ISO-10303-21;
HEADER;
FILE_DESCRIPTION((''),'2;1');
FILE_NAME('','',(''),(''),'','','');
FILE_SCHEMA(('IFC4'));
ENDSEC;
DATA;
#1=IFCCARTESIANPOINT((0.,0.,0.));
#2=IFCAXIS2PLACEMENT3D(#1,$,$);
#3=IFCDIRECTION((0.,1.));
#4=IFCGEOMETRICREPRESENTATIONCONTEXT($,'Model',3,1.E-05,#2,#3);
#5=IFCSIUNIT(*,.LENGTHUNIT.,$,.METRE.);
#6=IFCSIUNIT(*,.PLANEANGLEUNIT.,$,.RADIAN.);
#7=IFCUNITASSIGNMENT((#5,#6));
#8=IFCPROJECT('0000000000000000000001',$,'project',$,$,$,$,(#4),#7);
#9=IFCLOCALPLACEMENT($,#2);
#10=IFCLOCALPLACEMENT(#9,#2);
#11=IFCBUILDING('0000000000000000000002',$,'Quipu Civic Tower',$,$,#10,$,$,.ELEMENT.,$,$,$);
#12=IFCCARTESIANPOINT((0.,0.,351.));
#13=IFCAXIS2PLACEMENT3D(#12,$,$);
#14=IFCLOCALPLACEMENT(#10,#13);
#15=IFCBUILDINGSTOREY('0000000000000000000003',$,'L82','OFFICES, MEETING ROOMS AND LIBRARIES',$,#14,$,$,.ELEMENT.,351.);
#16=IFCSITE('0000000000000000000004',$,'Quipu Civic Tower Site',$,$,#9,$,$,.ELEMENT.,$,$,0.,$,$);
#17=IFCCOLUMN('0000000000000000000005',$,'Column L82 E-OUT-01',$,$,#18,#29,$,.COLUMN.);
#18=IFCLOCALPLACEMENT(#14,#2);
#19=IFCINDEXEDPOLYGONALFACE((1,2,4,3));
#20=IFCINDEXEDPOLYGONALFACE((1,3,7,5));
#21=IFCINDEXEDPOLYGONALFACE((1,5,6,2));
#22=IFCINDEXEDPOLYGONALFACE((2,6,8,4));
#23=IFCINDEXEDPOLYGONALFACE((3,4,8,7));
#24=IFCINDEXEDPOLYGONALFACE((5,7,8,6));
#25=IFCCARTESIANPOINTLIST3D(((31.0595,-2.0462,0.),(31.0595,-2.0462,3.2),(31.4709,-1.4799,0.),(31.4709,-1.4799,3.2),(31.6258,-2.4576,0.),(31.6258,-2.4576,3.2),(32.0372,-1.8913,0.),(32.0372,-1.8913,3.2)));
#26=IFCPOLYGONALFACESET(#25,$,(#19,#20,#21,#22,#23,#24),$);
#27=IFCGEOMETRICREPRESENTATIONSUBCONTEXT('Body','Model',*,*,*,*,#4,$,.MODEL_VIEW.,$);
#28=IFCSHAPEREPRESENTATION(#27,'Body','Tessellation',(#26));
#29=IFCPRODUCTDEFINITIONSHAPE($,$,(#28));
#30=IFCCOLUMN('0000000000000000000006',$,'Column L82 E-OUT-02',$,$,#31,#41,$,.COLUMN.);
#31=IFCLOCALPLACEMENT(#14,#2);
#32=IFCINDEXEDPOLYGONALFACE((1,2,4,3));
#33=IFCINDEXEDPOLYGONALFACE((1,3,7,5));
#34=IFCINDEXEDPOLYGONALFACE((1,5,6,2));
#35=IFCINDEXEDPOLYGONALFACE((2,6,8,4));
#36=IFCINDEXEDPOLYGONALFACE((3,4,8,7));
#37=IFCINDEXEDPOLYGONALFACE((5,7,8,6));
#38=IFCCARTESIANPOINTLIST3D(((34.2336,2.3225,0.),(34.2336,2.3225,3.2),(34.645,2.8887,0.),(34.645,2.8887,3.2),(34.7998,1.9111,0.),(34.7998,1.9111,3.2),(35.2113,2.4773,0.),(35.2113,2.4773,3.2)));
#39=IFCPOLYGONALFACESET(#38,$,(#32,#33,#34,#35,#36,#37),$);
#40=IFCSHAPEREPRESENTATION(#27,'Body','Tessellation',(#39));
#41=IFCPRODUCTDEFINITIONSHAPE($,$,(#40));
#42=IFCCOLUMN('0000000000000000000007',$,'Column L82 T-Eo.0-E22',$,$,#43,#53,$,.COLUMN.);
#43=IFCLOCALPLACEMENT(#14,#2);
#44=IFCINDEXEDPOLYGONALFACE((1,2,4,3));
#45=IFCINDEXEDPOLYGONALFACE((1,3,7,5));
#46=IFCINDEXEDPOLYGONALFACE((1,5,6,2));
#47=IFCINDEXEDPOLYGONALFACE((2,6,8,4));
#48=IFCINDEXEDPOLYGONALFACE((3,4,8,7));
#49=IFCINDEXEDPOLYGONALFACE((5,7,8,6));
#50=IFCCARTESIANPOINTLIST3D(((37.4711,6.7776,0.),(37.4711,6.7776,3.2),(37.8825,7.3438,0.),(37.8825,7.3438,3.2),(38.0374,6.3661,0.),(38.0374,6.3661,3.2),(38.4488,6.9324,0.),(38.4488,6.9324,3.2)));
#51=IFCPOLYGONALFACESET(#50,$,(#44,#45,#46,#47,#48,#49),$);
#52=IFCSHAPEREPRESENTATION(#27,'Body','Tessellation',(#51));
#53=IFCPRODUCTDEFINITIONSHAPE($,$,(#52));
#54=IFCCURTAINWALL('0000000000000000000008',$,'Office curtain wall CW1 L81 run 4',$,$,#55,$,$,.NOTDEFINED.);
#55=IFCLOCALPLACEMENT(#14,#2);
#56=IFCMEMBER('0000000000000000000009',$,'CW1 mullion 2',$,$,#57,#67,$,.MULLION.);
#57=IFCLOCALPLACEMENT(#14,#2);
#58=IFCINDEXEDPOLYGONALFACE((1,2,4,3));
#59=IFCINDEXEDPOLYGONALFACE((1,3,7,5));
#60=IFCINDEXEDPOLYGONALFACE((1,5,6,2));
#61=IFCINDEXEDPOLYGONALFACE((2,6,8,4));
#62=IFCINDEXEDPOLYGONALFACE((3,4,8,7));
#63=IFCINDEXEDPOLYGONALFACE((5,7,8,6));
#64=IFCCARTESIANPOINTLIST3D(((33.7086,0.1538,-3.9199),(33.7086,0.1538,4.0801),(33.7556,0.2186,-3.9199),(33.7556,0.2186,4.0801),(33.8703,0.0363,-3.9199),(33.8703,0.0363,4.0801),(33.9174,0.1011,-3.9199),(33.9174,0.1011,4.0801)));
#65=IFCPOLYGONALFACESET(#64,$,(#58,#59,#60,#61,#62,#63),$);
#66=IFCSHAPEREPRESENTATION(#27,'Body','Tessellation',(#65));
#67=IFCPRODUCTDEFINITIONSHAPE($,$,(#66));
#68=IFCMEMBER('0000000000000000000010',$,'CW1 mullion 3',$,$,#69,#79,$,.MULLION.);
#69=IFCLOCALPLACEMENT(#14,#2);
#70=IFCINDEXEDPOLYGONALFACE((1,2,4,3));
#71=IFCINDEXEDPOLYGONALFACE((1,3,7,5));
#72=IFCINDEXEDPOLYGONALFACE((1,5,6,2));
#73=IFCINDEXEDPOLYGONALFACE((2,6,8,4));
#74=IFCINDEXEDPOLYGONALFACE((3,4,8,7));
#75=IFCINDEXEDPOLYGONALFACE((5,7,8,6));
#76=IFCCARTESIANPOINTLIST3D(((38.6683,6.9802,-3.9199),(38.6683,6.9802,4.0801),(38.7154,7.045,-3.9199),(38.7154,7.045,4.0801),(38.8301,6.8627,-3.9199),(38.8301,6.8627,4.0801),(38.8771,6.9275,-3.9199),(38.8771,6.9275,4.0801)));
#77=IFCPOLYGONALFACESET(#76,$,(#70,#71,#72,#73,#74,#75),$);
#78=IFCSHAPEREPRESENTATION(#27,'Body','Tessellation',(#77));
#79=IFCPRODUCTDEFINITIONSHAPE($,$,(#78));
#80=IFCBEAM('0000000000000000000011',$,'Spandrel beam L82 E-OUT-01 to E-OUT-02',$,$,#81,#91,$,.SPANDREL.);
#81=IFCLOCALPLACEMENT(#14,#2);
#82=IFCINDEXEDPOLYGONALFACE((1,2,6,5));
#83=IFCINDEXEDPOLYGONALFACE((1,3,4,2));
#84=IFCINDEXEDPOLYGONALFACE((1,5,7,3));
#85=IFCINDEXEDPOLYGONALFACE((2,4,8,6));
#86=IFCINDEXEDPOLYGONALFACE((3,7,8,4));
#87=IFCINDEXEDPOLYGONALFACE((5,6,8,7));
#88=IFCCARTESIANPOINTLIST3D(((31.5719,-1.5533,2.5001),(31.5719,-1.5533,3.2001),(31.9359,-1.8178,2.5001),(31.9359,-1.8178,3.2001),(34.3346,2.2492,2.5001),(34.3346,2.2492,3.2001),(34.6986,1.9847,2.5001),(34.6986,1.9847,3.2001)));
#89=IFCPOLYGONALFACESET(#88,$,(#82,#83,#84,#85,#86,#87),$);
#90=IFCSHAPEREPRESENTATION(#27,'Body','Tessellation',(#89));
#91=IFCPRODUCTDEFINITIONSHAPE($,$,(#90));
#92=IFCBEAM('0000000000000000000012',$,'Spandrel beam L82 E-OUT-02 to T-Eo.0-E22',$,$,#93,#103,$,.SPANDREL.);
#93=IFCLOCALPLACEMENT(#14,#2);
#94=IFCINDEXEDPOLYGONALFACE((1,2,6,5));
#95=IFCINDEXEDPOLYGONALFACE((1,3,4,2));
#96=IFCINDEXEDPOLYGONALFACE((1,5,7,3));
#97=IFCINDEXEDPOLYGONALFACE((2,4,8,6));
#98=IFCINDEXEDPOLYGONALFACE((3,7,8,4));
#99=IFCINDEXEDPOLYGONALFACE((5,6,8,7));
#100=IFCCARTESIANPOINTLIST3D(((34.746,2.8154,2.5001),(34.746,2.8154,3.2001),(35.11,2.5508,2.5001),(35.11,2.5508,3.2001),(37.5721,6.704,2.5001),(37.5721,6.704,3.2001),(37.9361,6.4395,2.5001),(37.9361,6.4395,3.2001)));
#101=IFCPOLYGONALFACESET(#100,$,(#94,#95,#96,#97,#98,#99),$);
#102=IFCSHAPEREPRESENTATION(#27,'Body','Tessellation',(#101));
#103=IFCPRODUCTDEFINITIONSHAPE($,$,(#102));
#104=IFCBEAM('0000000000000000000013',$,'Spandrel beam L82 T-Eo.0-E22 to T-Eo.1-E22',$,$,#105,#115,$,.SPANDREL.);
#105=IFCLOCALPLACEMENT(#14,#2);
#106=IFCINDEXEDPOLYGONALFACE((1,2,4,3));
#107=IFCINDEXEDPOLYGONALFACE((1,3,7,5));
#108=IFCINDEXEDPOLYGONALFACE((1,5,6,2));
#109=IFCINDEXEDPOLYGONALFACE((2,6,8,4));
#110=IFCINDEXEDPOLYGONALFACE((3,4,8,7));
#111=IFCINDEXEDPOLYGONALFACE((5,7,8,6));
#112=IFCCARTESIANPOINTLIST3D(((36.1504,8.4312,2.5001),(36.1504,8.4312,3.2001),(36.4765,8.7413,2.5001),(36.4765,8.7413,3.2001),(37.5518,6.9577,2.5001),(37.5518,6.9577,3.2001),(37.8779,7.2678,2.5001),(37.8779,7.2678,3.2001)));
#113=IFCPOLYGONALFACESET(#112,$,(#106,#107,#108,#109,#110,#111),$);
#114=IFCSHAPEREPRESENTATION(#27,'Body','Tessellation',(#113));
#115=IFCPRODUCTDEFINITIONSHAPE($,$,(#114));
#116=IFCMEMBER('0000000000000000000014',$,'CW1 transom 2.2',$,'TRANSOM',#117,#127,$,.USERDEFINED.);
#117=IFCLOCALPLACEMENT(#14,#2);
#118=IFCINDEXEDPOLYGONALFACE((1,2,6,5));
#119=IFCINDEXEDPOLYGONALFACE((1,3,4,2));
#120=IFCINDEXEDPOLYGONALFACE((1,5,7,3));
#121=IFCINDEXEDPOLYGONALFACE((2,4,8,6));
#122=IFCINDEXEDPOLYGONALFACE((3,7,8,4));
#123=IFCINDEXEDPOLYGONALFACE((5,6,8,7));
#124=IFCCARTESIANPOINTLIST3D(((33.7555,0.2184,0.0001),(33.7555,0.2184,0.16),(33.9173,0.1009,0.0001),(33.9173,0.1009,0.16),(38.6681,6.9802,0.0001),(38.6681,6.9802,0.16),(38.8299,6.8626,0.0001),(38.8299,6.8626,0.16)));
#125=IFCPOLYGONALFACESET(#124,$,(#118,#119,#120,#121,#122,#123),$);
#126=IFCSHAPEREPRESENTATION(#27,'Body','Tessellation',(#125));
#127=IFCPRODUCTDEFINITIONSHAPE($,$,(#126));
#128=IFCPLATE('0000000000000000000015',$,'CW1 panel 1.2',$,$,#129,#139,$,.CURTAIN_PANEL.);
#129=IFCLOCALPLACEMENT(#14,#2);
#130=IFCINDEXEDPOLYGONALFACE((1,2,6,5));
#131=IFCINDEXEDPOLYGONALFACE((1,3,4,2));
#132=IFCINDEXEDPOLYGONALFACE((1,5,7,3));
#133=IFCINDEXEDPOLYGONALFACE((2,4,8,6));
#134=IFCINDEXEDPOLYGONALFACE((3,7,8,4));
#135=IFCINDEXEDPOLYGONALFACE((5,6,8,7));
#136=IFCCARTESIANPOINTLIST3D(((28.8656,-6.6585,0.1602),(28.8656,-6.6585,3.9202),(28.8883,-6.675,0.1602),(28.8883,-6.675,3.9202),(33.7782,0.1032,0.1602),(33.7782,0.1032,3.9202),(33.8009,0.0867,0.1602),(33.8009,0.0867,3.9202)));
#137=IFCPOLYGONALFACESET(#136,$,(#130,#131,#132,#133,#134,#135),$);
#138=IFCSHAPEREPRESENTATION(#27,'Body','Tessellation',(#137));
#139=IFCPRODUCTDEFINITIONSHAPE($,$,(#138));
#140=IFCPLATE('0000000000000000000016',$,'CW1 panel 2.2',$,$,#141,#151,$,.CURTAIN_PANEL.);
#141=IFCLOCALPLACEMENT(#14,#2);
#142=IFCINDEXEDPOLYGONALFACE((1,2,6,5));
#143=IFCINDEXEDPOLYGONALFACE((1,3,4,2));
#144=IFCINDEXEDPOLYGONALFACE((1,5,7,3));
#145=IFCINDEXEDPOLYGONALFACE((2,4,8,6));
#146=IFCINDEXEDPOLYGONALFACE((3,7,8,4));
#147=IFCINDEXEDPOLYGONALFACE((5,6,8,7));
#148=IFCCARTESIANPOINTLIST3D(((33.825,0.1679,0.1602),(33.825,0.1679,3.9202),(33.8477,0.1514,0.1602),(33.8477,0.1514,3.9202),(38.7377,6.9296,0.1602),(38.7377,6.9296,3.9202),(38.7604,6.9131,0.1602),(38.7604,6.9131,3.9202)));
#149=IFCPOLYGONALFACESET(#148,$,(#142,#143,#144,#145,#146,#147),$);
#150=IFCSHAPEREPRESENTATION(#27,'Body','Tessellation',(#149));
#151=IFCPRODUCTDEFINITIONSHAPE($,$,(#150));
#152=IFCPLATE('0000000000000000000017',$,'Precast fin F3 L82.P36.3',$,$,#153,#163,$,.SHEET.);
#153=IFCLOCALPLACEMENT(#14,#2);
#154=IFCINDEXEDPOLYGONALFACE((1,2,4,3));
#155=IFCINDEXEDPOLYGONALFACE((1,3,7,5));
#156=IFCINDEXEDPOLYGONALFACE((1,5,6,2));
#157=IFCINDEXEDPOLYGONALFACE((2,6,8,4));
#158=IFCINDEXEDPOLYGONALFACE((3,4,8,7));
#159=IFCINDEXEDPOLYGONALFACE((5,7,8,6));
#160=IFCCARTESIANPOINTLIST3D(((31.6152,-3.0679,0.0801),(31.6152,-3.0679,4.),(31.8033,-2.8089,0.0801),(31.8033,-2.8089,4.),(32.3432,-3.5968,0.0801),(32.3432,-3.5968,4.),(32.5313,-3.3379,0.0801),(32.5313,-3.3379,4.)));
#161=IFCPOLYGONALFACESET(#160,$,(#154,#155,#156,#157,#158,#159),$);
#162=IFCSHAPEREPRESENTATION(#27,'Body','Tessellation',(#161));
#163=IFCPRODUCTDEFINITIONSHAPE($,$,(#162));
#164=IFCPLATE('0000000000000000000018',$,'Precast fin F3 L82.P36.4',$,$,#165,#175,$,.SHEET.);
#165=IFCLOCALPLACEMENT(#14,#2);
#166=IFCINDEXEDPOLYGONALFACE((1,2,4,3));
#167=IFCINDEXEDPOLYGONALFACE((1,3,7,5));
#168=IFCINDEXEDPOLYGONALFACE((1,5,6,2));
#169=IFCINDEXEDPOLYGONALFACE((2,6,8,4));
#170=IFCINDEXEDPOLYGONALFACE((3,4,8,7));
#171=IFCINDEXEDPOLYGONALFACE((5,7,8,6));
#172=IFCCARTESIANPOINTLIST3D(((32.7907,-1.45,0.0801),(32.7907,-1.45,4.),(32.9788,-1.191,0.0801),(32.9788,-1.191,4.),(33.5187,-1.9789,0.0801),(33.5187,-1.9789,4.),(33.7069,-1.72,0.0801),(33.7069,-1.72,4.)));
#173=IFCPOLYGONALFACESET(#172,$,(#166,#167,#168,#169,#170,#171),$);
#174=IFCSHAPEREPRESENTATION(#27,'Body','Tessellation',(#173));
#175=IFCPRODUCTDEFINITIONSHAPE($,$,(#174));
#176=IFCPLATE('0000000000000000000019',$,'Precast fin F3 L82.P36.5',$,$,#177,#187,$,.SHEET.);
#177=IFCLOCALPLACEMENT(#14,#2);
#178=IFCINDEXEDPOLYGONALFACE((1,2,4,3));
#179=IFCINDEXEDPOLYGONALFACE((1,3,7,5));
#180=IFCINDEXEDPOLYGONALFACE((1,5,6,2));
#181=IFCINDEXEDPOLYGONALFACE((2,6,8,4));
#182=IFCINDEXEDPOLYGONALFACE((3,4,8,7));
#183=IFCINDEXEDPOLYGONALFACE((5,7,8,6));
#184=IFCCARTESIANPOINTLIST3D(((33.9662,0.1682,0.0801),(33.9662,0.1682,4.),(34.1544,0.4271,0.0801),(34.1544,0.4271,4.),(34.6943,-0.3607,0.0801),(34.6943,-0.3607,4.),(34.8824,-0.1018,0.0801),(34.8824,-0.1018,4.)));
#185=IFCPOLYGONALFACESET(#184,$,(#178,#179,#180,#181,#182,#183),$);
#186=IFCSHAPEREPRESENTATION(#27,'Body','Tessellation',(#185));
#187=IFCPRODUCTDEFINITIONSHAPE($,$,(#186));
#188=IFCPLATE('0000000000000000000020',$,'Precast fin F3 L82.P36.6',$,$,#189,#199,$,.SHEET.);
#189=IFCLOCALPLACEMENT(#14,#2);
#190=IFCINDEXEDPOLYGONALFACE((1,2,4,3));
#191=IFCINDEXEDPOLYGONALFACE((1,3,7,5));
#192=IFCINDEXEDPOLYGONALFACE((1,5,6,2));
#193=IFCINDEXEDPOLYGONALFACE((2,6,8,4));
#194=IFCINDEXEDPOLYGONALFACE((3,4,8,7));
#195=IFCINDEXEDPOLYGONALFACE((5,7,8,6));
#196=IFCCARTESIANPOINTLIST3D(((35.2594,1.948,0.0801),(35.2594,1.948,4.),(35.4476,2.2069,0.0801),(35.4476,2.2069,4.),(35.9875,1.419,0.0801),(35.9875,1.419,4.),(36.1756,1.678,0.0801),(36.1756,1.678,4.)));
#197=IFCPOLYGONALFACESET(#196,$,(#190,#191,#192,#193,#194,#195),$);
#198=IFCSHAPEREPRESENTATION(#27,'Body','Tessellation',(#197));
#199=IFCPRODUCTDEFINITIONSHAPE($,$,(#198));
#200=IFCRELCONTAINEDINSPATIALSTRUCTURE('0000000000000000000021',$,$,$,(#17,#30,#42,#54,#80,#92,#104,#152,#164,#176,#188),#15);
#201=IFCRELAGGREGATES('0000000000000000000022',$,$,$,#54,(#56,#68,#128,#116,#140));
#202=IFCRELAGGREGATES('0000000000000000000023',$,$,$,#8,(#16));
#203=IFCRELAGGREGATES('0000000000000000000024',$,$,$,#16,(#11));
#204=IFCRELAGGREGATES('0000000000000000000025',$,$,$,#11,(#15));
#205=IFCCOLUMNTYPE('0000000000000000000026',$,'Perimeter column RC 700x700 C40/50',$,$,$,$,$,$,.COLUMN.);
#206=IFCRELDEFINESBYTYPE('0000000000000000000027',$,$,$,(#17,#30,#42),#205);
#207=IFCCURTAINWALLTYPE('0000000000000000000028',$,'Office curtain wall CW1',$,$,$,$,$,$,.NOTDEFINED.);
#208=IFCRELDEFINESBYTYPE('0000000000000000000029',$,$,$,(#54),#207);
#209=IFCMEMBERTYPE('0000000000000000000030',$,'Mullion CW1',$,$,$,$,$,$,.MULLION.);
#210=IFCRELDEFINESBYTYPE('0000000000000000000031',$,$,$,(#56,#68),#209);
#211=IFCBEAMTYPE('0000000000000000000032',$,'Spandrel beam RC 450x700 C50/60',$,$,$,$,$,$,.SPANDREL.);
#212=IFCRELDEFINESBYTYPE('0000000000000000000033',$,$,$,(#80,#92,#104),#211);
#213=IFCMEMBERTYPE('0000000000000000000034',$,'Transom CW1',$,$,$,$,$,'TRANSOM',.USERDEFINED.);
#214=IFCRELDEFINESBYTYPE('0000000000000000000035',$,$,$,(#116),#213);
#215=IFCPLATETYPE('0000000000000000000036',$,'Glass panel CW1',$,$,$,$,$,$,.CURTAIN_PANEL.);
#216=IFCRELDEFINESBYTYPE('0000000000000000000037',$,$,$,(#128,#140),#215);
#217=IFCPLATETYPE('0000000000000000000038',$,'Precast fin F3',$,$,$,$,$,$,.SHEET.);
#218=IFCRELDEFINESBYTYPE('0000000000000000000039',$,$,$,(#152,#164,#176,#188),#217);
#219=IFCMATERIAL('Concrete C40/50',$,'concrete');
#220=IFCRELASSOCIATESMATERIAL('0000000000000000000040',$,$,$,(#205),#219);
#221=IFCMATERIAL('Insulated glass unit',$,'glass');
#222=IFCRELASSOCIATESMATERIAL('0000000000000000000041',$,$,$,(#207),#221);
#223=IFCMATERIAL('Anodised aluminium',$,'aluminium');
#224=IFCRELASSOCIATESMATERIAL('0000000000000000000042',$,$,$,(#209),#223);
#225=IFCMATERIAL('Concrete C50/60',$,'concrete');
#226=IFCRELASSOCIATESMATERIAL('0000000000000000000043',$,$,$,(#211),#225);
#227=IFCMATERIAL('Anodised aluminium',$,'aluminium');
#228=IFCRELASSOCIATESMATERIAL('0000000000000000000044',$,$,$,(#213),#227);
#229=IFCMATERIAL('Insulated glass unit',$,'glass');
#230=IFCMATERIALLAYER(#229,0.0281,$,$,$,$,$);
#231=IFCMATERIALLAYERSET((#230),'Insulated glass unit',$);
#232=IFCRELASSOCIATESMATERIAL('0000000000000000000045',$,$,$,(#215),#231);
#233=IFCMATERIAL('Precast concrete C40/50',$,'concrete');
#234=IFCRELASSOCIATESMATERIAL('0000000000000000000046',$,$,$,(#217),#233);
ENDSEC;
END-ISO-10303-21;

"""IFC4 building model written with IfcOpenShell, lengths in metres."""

from ifc_helpers import new_model, si_unit, direction, frame, origin, origin_2d, place, context, subcontext, project, spatial, rectangle, extrude, material, layer, layer_set, material_profile, profile_set, type_object, element, aggregate, save


model = new_model("IFC4")

# Units and contexts
model_context = context("Model", 3, precision=1e-05, world=origin(), true_north=direction((0.0, 1.0)))
body_context = subcontext(model_context, "Body", "Model", "MODEL_VIEW")
ifc_project = project(units=[si_unit("LENGTHUNIT", "METRE"), si_unit("PLANEANGLEUNIT", "RADIAN")], contexts=[model_context])

# Site, building, storey
site_placement = place(None, origin())
site = spatial("IfcSite", under=ifc_project, at=site_placement, Name="Quipu Civic Tower Site", CompositionType="ELEMENT", RefElevation=0.0)
building_placement = place(site_placement, origin())
building = spatial("IfcBuilding", under=site, at=building_placement, Name="Quipu Civic Tower", CompositionType="ELEMENT")
storey_placement = place(building_placement, frame((0.0, 0.0, 351.0)))
storey = spatial("IfcBuildingStorey", under=building, at=storey_placement, Name="L82", Description="OFFICES, MEETING ROOMS AND LIBRARIES", CompositionType="ELEMENT", Elevation=351.0)

# Columns
ifc_material_1 = material(Name="Concrete C40/50", Category="concrete")
ifc_material_profile_1 = material_profile(ifc_material_1, rectangle(XDim=0.7, YDim=0.7, at=origin_2d()), Name="RC700x700")
ifc_profile_set_1 = profile_set([ifc_material_profile_1], Name="Concrete C40/50")
column_type = type_object("IfcColumnType", Name="Perimeter column RC 700x700 C40/50", PredefinedType="COLUMN", material=ifc_profile_set_1)
for number, where, z_axis, x_axis, name in (
    (1, (31.5483, -1.9688, 0.0), (0.0, 0.0, 1.0), (0.587785, 0.809017, 0.0), "Column L82 E-OUT-01"),
    (2, (34.7224, 2.3999, 0.0), (0.0, 0.0, 1.0), (0.587785, 0.809017, 0.0), "Column L82 E-OUT-02"),
    (3, (37.96, 6.855, 0.0), (0.0, 0.0, 1.0), (0.587785, 0.809017, 0.0), "Column L82 T-Eo.0-E22"),
):
    element("IfcColumn", number, at=place(storey_placement, frame(where, z_axis=z_axis, x_axis=x_axis)), inside=storey, type_object=column_type, Name=name, PredefinedType="COLUMN", context=body_context, shape_type="SweptSolid", body=[
        extrude(rectangle(XDim=0.7, YDim=0.7, at=origin_2d()), origin(), (0.0, 0.0, 1.0), 3.2),
    ])

# Curtain wall, members
ifc_material_2 = material(Name="Insulated glass unit", Category="glass")
curtain_wall_type = type_object("IfcCurtainWallType", Name="Office curtain wall CW1", PredefinedType="NOTDEFINED", material=ifc_material_2)
curtain_wall_placement = place(storey_placement, origin())
curtain_wall = element("IfcCurtainWall", 4, at=curtain_wall_placement, inside=storey, type_object=curtain_wall_type, Name="Office curtain wall CW1 L81 run 4", PredefinedType="NOTDEFINED")
ifc_material_3 = material(Name="Anodised aluminium", Category="aluminium")
ifc_material_profile_2 = material_profile(ifc_material_3, rectangle(XDim=0.2, YDim=0.0801, at=origin_2d()), Name="RECT 200x80")
ifc_profile_set_2 = profile_set([ifc_material_profile_2], Name="Anodised aluminium")
member_type_1 = type_object("IfcMemberType", Name="Mullion CW1", PredefinedType="MULLION", material=ifc_profile_set_2)
member_1_placement = place(storey_placement, frame((33.813, 0.1274, -3.9199), z_axis=(0.0, 0.0, 1.0), x_axis=(-0.809016, 0.587786, 0.0)))
member_1 = element("IfcMember", 5, at=member_1_placement, type_object=member_type_1, Name="CW1 mullion 2", PredefinedType="MULLION", context=body_context, shape_type="SweptSolid", body=[
    extrude(rectangle(XDim=0.2, YDim=0.0801, at=origin_2d()), origin(), (0.0, 0.0, 1.0), 8.0),
])
member_2_placement = place(storey_placement, frame((38.7727, 6.9539, -3.9199), z_axis=(0.0, 0.0, 1.0), x_axis=(-0.809016, 0.587786, 0.0)))
member_2 = element("IfcMember", 6, at=member_2_placement, type_object=member_type_1, Name="CW1 mullion 3", PredefinedType="MULLION", context=body_context, shape_type="SweptSolid", body=[
    extrude(rectangle(XDim=0.2, YDim=0.0801, at=origin_2d()), origin(), (0.0, 0.0, 1.0), 8.0),
])

# Beams
ifc_material_4 = material(Name="Concrete C50/60", Category="concrete")
ifc_material_profile_3 = material_profile(ifc_material_4, rectangle(XDim=0.45, YDim=0.7, at=origin_2d()), Name="RC450x700")
ifc_profile_set_3 = profile_set([ifc_material_profile_3], Name="Concrete C50/60")
beam_type = type_object("IfcBeamType", Name="Spandrel beam RC 450x700 C50/60", PredefinedType="SPANDREL", material=ifc_profile_set_3)
beam_1_placement = place(storey_placement, frame((31.7539, -1.6855, 2.8501), z_axis=(0.587789, 0.809015, 0.0), x_axis=(-0.809015, 0.587789, 0.0)))
element("IfcBeam", 7, at=beam_1_placement, inside=storey, type_object=beam_type, Name="Spandrel beam L82 E-OUT-01 to E-OUT-02", PredefinedType="SPANDREL", context=body_context, shape_type="SweptSolid", body=[
    extrude(rectangle(XDim=0.45, YDim=0.7, at=origin_2d()), origin(), (0.0, 0.0, 1.0), 4.7002),
])
beam_2_placement = place(storey_placement, frame((34.928, 2.6831, 2.8501), z_axis=(0.587906, 0.808929, 0.0), x_axis=(-0.808929, 0.587906, 0.0)))
element("IfcBeam", 8, at=beam_2_placement, inside=storey, type_object=beam_type, Name="Spandrel beam L82 E-OUT-02 to T-Eo.0-E22", PredefinedType="SPANDREL", context=body_context, shape_type="SweptSolid", body=[
    extrude(rectangle(XDim=0.45, YDim=0.7, at=origin_2d()), origin(), (0.0, 0.0, 1.0), 4.8071),
])
beam_3_placement = place(storey_placement, frame((37.7148, 7.1128, 2.8501), z_axis=(-0.689175, 0.724595, 0.0), x_axis=(-0.724595, -0.689175, 0.0)))
element("IfcBeam", 9, at=beam_3_placement, inside=storey, type_object=beam_type, Name="Spandrel beam L82 T-Eo.0-E22 to T-Eo.1-E22", PredefinedType="SPANDREL", context=body_context, shape_type="SweptSolid", body=[
    extrude(rectangle(XDim=0.45, YDim=0.7, at=origin_2d()), origin(), (0.0, 0.0, 1.0), 2.0334),
])

# Member
ifc_material_5 = material(Name="Anodised aluminium", Category="aluminium")
ifc_material_profile_4 = material_profile(ifc_material_5, rectangle(XDim=0.2, YDim=0.1599, at=origin_2d()), Name="RECT 200x160")
ifc_profile_set_4 = profile_set([ifc_material_profile_4], Name="Anodised aluminium")
member_type_2 = type_object("IfcMemberType", Name="Transom CW1", ElementType="TRANSOM", PredefinedType="USERDEFINED", material=ifc_profile_set_4)
member_3_placement = place(storey_placement, frame((33.8364, 0.1597, 0.0801), z_axis=(0.587779, 0.809021, 0.0), x_axis=(-0.809021, 0.587779, 0.0)))
member_3 = element("IfcMember", 10, at=member_3_placement, type_object=member_type_2, Name="CW1 transom 2.2", ObjectType="TRANSOM", PredefinedType="USERDEFINED", context=body_context, shape_type="SweptSolid", body=[
    extrude(rectangle(XDim=0.2, YDim=0.1599, at=origin_2d()), origin(), (0.0, 0.0, 1.0), 8.3579),
])

# Plates
ifc_material_6 = material(Name="Insulated glass unit", Category="glass")
ifc_layer_1 = layer(ifc_material_6, 0.0281)
ifc_layer_set_1 = layer_set([ifc_layer_1], Name="Insulated glass unit")
plate_type_1 = type_object("IfcPlateType", Name="Glass panel CW1", PredefinedType="CURTAIN_PANEL", material=ifc_layer_set_1)
plate_1_placement = place(storey_placement, frame((31.3333, -3.2859, 0.1602), z_axis=(0.0, 0.0, 1.0), x_axis=(0.587786, 0.809016, 0.0)))
plate_1 = element("IfcPlate", 11, at=plate_1_placement, type_object=plate_type_1, Name="CW1 panel 1.2", PredefinedType="CURTAIN_PANEL", context=body_context, shape_type="SweptSolid", body=[
    extrude(rectangle(XDim=8.3579, YDim=0.0281, at=origin_2d()), origin(), (0.0, 0.0, 1.0), 3.76),
])
plate_2_placement = place(storey_placement, frame((36.2927, 3.5405, 0.1602), z_axis=(0.0, 0.0, 1.0), x_axis=(0.587786, 0.809016, 0.0)))
plate_2 = element("IfcPlate", 12, at=plate_2_placement, type_object=plate_type_1, Name="CW1 panel 2.2", PredefinedType="CURTAIN_PANEL", context=body_context, shape_type="SweptSolid", body=[
    extrude(rectangle(XDim=8.3579, YDim=0.0281, at=origin_2d()), origin(), (0.0, 0.0, 1.0), 3.76),
])
aggregate(curtain_wall, [member_1, member_2, plate_1, member_3, plate_2])

# Plates
ifc_material_7 = material(Name="Precast concrete C40/50", Category="concrete")
plate_type_2 = type_object("IfcPlateType", Name="Precast fin F3", PredefinedType="SHEET", material=ifc_material_7)
for number, where, z_axis, x_axis, name in (
    (13, (32.0732, -3.2029, 0.0801), (0.0, 0.0, 1.0), (0.587787, 0.809016, 0.0), "Precast fin F3 L82.P36.3"),
    (14, (33.2488, -1.585, 0.0801), (0.0, 0.0, 1.0), (0.587787, 0.809016, 0.0), "Precast fin F3 L82.P36.4"),
    (15, (34.4243, 0.0332, 0.0801), (0.0, 0.0, 1.0), (0.587787, 0.809016, 0.0), "Precast fin F3 L82.P36.5"),
    (16, (35.7175, 1.813, 0.0801), (0.0, 0.0, 1.0), (0.587787, 0.809016, 0.0), "Precast fin F3 L82.P36.6"),
):
    element("IfcPlate", number, at=place(storey_placement, frame(where, z_axis=z_axis, x_axis=x_axis)), inside=storey, type_object=plate_type_2, Name=name, PredefinedType="SHEET", context=body_context, shape_type="SweptSolid", body=[
        extrude(rectangle(XDim=0.3201, YDim=0.8999, at=origin_2d()), origin(), (0.0, 0.0, 1.0), 3.9199),
    ])

save(model, "model.ifc")
